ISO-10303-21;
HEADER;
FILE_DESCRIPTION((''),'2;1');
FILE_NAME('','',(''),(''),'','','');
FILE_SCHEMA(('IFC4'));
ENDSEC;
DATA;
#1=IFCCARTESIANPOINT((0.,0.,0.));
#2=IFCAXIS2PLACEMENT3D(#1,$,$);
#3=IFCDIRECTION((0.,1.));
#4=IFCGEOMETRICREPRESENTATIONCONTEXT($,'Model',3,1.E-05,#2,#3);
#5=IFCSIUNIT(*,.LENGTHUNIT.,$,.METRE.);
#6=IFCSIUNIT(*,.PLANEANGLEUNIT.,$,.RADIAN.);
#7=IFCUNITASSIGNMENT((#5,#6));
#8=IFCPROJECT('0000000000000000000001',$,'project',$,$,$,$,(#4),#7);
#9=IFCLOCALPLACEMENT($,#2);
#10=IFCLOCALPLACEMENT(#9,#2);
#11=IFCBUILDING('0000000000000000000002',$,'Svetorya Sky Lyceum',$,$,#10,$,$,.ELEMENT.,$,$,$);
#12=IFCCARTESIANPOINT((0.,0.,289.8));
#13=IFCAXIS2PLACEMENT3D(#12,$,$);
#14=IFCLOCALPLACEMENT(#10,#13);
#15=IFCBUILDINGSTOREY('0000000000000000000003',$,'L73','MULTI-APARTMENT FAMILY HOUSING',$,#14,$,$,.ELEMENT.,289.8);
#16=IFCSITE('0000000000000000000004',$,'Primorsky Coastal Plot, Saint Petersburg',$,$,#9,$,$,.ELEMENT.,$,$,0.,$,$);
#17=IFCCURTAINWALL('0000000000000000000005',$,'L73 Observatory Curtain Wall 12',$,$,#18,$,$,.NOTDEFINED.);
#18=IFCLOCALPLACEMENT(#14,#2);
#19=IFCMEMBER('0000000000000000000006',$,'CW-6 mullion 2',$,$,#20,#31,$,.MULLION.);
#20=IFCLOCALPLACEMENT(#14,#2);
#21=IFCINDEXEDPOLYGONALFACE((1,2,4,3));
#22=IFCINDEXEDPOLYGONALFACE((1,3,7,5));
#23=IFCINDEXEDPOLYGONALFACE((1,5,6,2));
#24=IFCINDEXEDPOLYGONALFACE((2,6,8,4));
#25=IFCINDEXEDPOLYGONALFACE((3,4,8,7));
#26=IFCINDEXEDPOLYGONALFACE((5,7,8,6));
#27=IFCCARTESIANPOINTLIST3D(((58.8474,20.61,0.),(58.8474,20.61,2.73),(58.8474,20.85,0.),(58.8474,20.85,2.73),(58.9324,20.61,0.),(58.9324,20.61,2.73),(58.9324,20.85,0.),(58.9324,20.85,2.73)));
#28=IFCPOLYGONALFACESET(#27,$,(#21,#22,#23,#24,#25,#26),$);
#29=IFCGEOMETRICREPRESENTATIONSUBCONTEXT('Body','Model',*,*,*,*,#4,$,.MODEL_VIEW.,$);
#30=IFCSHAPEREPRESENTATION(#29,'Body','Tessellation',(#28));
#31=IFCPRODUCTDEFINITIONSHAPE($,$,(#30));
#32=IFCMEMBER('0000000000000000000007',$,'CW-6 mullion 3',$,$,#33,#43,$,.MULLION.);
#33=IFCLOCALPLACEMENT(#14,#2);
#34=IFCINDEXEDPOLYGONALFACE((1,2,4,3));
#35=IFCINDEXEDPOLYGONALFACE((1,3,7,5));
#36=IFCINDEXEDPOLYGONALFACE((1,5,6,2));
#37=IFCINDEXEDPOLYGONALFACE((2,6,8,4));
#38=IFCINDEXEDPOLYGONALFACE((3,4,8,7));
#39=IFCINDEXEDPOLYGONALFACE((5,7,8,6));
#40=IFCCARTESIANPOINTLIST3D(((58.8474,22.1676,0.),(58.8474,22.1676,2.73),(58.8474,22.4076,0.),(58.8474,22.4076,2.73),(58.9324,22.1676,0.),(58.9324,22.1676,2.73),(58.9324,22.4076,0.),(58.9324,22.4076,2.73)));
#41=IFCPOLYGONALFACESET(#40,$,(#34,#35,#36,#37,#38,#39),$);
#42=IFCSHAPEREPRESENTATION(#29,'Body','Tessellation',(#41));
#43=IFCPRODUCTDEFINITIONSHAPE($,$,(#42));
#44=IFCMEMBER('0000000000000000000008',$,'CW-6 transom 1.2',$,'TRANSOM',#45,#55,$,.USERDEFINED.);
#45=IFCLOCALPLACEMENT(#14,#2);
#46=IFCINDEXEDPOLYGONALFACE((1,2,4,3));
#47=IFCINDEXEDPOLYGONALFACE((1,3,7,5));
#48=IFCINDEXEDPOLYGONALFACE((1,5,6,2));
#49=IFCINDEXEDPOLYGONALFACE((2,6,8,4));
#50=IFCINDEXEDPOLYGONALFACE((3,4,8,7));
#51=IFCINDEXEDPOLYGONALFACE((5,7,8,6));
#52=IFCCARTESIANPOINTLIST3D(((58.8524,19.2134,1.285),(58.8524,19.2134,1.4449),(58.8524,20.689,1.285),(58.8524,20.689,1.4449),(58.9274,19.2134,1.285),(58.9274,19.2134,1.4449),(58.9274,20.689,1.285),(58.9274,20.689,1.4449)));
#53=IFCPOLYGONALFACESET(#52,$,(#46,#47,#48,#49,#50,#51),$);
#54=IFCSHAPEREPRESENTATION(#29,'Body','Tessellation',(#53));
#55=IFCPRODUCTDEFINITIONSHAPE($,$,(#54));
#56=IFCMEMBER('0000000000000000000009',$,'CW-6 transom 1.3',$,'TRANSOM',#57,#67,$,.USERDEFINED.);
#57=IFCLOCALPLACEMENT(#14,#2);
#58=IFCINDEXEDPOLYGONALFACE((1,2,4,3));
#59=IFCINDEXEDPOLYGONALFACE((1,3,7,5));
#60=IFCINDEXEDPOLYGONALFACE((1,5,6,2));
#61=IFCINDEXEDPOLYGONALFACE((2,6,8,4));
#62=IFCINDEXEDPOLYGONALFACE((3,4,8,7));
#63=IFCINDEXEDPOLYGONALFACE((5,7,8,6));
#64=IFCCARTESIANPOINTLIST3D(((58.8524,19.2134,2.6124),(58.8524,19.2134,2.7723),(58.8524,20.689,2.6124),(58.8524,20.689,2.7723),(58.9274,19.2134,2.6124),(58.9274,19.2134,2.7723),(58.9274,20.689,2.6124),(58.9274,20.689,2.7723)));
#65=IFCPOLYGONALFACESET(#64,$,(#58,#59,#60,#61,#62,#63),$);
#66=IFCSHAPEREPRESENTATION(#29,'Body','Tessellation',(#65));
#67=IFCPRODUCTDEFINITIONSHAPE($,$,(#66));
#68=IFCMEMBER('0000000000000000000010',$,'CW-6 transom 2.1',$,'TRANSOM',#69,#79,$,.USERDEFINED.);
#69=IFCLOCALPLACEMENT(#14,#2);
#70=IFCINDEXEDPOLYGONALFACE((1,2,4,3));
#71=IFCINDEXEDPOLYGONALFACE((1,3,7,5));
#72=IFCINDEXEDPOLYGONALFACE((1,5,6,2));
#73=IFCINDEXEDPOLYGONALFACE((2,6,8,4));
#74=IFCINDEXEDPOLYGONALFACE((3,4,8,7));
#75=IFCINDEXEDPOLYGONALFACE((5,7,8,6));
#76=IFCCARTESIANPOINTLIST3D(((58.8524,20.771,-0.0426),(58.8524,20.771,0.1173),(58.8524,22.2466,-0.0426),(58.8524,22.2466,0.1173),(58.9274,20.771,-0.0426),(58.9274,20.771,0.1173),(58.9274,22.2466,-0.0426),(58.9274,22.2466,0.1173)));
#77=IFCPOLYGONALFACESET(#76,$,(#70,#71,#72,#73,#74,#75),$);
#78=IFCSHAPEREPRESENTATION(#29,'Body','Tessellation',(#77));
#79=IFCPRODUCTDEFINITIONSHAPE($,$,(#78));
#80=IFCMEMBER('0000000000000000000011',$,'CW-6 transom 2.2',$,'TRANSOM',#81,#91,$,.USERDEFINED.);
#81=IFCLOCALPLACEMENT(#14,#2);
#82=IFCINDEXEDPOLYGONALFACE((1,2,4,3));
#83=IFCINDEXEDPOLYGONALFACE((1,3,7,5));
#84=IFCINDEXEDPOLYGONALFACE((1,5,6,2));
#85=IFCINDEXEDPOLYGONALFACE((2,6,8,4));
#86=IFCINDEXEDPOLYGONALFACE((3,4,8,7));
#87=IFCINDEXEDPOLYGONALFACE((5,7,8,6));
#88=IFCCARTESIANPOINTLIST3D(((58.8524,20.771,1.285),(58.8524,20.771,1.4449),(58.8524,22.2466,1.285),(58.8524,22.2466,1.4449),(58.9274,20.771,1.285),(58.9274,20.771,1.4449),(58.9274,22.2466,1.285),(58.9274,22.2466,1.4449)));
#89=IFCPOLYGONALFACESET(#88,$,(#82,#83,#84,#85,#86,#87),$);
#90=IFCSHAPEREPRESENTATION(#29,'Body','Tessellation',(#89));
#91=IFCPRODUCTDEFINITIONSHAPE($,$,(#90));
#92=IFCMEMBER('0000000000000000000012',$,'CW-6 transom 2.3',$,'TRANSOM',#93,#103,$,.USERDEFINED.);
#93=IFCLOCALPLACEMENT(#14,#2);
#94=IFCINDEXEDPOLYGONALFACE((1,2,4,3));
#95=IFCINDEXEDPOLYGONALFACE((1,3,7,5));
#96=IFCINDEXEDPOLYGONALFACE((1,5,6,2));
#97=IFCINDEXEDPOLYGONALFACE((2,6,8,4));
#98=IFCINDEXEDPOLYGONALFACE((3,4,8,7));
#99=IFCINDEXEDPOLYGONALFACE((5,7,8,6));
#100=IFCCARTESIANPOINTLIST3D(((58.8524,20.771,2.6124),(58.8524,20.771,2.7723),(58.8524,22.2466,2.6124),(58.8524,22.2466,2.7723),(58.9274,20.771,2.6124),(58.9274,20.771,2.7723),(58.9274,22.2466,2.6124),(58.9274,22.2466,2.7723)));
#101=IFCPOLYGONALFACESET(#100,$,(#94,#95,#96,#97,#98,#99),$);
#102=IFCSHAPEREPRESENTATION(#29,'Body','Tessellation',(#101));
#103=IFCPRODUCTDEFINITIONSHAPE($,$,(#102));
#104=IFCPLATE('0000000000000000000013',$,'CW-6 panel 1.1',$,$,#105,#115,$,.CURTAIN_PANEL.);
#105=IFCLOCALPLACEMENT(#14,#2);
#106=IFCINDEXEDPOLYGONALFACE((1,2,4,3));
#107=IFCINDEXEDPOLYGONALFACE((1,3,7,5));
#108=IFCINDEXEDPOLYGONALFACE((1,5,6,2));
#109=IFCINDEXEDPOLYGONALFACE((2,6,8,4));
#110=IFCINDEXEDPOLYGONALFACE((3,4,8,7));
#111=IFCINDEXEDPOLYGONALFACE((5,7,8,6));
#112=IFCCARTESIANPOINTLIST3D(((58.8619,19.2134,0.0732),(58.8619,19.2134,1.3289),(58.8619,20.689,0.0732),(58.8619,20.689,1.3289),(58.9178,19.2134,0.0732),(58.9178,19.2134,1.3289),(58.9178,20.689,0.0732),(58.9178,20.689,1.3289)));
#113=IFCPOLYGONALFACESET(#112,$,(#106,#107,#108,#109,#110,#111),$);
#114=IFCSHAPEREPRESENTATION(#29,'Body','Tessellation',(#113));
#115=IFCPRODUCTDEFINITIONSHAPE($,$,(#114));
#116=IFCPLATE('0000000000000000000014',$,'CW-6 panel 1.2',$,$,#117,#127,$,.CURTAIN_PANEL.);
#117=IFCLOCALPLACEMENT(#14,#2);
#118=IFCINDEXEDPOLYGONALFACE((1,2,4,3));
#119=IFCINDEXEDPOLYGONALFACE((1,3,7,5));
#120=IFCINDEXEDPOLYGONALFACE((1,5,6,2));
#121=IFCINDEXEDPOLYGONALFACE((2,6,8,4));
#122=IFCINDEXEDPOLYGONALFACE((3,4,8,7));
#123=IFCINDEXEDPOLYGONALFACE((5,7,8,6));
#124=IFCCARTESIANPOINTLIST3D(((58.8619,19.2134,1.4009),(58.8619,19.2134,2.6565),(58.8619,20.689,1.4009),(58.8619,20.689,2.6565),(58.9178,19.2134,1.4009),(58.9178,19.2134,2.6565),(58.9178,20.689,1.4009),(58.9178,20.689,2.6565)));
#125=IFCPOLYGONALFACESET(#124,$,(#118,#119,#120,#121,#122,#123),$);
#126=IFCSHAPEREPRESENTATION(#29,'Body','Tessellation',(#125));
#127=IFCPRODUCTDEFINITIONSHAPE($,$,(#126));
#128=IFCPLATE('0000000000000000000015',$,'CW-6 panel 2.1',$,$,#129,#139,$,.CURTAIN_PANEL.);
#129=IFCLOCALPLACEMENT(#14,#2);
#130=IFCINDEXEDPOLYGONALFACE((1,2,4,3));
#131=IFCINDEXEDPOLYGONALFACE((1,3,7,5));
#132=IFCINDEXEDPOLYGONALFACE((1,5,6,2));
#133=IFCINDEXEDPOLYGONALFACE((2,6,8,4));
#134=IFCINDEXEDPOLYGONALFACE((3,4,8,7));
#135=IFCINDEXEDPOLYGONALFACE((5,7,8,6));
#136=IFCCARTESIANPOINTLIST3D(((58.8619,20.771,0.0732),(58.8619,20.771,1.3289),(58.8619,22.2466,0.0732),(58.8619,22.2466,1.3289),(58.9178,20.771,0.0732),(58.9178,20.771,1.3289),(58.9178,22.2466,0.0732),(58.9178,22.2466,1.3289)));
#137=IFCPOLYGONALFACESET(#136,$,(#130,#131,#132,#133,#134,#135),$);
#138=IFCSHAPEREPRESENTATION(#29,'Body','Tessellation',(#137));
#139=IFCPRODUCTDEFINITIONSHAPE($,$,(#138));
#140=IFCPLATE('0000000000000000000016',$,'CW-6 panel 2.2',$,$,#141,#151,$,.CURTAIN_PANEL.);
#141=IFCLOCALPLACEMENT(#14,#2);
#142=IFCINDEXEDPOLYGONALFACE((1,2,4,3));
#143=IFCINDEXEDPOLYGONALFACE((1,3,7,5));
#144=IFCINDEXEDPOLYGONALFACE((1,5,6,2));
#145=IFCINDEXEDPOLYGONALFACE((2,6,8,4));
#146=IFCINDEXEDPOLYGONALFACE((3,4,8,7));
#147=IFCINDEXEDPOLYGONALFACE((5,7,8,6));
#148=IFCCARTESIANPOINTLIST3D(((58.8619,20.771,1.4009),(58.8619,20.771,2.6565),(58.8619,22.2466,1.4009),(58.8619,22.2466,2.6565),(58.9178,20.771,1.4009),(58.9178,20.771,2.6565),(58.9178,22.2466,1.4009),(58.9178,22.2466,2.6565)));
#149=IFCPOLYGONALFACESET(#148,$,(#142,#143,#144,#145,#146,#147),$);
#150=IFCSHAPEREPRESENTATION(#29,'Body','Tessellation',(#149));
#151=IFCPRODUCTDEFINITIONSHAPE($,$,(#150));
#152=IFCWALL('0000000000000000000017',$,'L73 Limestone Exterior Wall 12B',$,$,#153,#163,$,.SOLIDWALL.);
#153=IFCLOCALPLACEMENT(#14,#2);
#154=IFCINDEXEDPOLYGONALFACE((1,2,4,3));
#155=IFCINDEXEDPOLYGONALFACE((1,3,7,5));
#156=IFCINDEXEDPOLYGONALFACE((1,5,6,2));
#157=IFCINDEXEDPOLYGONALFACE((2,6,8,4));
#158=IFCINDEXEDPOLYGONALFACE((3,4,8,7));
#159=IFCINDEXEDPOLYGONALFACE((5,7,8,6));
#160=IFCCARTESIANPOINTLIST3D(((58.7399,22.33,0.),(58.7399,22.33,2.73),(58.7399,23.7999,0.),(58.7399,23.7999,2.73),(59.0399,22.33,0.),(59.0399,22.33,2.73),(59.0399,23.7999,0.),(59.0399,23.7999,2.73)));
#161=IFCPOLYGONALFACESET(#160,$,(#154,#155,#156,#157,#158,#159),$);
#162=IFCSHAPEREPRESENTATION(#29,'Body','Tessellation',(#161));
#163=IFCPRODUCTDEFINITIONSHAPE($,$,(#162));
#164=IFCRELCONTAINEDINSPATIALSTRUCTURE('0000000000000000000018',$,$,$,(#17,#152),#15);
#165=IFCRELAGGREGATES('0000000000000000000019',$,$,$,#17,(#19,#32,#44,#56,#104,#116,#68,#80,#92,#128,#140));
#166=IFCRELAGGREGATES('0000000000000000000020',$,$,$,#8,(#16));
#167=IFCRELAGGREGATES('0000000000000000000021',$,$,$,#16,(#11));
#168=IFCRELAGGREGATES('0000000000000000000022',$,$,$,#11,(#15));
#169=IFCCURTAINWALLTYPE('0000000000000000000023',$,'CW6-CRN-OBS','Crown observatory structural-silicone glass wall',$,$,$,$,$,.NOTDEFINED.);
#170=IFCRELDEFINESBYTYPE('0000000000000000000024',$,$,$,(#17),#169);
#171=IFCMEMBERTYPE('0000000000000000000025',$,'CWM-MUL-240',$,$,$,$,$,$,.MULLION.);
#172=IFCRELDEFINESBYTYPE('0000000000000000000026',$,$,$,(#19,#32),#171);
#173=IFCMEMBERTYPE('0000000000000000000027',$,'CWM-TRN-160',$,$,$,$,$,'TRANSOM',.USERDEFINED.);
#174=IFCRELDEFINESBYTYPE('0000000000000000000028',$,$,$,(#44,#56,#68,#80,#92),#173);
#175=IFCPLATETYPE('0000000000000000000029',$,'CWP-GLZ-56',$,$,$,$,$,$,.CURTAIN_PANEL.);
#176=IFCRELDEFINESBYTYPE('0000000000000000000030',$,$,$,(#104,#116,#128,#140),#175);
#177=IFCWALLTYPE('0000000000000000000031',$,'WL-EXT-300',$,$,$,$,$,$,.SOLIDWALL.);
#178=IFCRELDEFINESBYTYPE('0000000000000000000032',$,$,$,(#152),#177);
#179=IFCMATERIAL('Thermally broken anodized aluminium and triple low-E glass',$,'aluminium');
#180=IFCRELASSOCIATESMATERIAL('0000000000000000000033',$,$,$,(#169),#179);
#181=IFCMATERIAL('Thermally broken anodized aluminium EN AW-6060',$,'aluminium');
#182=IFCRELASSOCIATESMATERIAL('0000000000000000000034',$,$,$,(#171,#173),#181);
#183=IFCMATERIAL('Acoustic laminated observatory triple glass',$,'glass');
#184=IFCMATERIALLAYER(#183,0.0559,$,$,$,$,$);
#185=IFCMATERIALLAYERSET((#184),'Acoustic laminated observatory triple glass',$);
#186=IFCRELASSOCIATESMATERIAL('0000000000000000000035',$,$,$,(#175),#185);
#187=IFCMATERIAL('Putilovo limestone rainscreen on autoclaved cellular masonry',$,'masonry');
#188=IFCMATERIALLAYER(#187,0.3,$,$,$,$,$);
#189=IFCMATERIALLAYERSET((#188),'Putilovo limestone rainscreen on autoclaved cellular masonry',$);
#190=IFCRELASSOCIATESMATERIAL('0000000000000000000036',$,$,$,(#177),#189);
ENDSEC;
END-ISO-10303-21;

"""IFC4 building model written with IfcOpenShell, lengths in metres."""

from ifc_helpers import new_model, si_unit, direction, frame, frame_2d, origin, origin_2d, place, context, subcontext, project, spatial, rectangle, extrude, material, layer, layer_set, material_profile, profile_set, type_object, element, aggregate, save


model = new_model("IFC4")

# Units and contexts
model_context = context("Model", 3, precision=1e-05, world=origin(), true_north=direction((0.0, 1.0)))
body_context = subcontext(model_context, "Body", "Model", "MODEL_VIEW")
ifc_project = project(units=[si_unit("LENGTHUNIT", "METRE"), si_unit("PLANEANGLEUNIT", "RADIAN")], contexts=[model_context])

# Site, building, storey
site_placement = place(None, origin())
site = spatial("IfcSite", under=ifc_project, at=site_placement, Name="Primorsky Coastal Plot, Saint Petersburg", CompositionType="ELEMENT", RefElevation=0.0)
building_placement = place(site_placement, origin())
building = spatial("IfcBuilding", under=site, at=building_placement, Name="Svetorya Sky Lyceum", CompositionType="ELEMENT")
storey_placement = place(building_placement, frame((0.0, 0.0, 289.8)))
storey = spatial("IfcBuildingStorey", under=building, at=storey_placement, Name="L73", Description="MULTI-APARTMENT FAMILY HOUSING", CompositionType="ELEMENT", Elevation=289.8)

# Curtain wall, members, plates
ifc_material_1 = material(Name="Thermally broken anodized aluminium and triple low-E glass", Category="aluminium")
curtain_wall_type = type_object("IfcCurtainWallType", Name="CW6-CRN-OBS", Description="Crown observatory structural-silicone glass wall", PredefinedType="NOTDEFINED", material=ifc_material_1)
curtain_wall_placement = place(storey_placement, origin())
curtain_wall = element("IfcCurtainWall", 1, at=curtain_wall_placement, inside=storey, type_object=curtain_wall_type, Name="L73 Observatory Curtain Wall 12", PredefinedType="NOTDEFINED")
ifc_material_2 = material(Name="Thermally broken anodized aluminium EN AW-6060", Category="aluminium")
ifc_material_profile_1 = material_profile(ifc_material_2, rectangle(XDim=0.085, YDim=0.24, at=origin_2d()), Name="ALU MULLION 85x240")
ifc_profile_set_1 = profile_set([ifc_material_profile_1], Name="Thermally broken anodized aluminium EN AW-6060")
member_type_1 = type_object("IfcMemberType", Name="CWM-MUL-240", PredefinedType="MULLION", material=ifc_profile_set_1)
member_1_placement = place(storey_placement, frame((58.8899, 20.73, 0.0), z_axis=(0.0, 0.0, 1.0), x_axis=(-1.0, 0.0, 0.0)))
member_1 = element("IfcMember", 2, at=member_1_placement, type_object=member_type_1, Name="CW-6 mullion 2", PredefinedType="MULLION", context=body_context, shape_type="SweptSolid", body=[
    extrude(rectangle(XDim=0.085, YDim=0.24, at=origin_2d()), origin(), (0.0, 0.0, 1.0), 2.73),
])
member_2_placement = place(storey_placement, frame((58.8899, 22.2876, 0.0), z_axis=(0.0, 0.0, 1.0), x_axis=(-1.0, 0.0, 0.0)))
member_2 = element("IfcMember", 3, at=member_2_placement, type_object=member_type_1, Name="CW-6 mullion 3", PredefinedType="MULLION", context=body_context, shape_type="SweptSolid", body=[
    extrude(rectangle(XDim=0.085, YDim=0.24, at=origin_2d()), origin(), (0.0, 0.0, 1.0), 2.73),
])
ifc_material_profile_2 = material_profile(ifc_material_2, rectangle(XDim=0.075, YDim=0.1599, at=origin_2d()), Name="ALU TRANSOM 75x160")
ifc_profile_set_2 = profile_set([ifc_material_profile_2], Name="Thermally broken anodized aluminium EN AW-6060")
member_type_2 = type_object("IfcMemberType", Name="CWM-TRN-160", ElementType="TRANSOM", PredefinedType="USERDEFINED", material=ifc_profile_set_2)
member_3_placement = place(storey_placement, frame((58.8899, 19.2134, 1.365), z_axis=(0.0, 1.0, 0.0), x_axis=(-1.0, 0.0, 0.0)))
member_3 = element("IfcMember", 4, at=member_3_placement, type_object=member_type_2, Name="CW-6 transom 1.2", ObjectType="TRANSOM", PredefinedType="USERDEFINED", context=body_context, shape_type="SweptSolid", body=[
    extrude(rectangle(XDim=0.075, YDim=0.1599, at=origin_2d()), origin(), (0.0, 0.0, 1.0), 1.4756),
])
member_4_placement = place(storey_placement, frame((58.8899, 19.2134, 2.6924), z_axis=(0.0, 1.0, 0.0), x_axis=(-1.0, 0.0, 0.0)))
member_4 = element("IfcMember", 5, at=member_4_placement, type_object=member_type_2, Name="CW-6 transom 1.3", ObjectType="TRANSOM", PredefinedType="USERDEFINED", context=body_context, shape_type="SweptSolid", body=[
    extrude(rectangle(XDim=0.075, YDim=0.1599, at=origin_2d()), origin(), (0.0, 0.0, 1.0), 1.4756),
])
member_5_placement = place(storey_placement, frame((58.8899, 20.771, 0.0374), z_axis=(0.0, 1.0, 0.0), x_axis=(-1.0, 0.0, 0.0)))
member_5 = element("IfcMember", 6, at=member_5_placement, type_object=member_type_2, Name="CW-6 transom 2.1", ObjectType="TRANSOM", PredefinedType="USERDEFINED", context=body_context, shape_type="SweptSolid", body=[
    extrude(rectangle(XDim=0.075, YDim=0.1599, at=origin_2d()), origin(), (0.0, 0.0, 1.0), 1.4756),
])
member_6_placement = place(storey_placement, frame((58.8899, 20.771, 1.365), z_axis=(0.0, 1.0, 0.0), x_axis=(-1.0, 0.0, 0.0)))
member_6 = element("IfcMember", 7, at=member_6_placement, type_object=member_type_2, Name="CW-6 transom 2.2", ObjectType="TRANSOM", PredefinedType="USERDEFINED", context=body_context, shape_type="SweptSolid", body=[
    extrude(rectangle(XDim=0.075, YDim=0.1599, at=origin_2d()), origin(), (0.0, 0.0, 1.0), 1.4756),
])
member_7_placement = place(storey_placement, frame((58.8899, 20.771, 2.6924), z_axis=(0.0, 1.0, 0.0), x_axis=(-1.0, 0.0, 0.0)))
member_7 = element("IfcMember", 8, at=member_7_placement, type_object=member_type_2, Name="CW-6 transom 2.3", ObjectType="TRANSOM", PredefinedType="USERDEFINED", context=body_context, shape_type="SweptSolid", body=[
    extrude(rectangle(XDim=0.075, YDim=0.1599, at=origin_2d()), origin(), (0.0, 0.0, 1.0), 1.4756),
])
ifc_material_3 = material(Name="Acoustic laminated observatory triple glass", Category="glass")
ifc_layer_1 = layer(ifc_material_3, 0.0559)
ifc_layer_set_1 = layer_set([ifc_layer_1], Name="Acoustic laminated observatory triple glass")
plate_type = type_object("IfcPlateType", Name="CWP-GLZ-56", PredefinedType="CURTAIN_PANEL", material=ifc_layer_set_1)
plate_1_placement = place(storey_placement, frame((58.8899, 19.9512, 0.0732), z_axis=(0.0, 0.0, 1.0), x_axis=(0.0, 1.0, 0.0)))
plate_1 = element("IfcPlate", 9, at=plate_1_placement, type_object=plate_type, Name="CW-6 panel 1.1", PredefinedType="CURTAIN_PANEL", context=body_context, shape_type="SweptSolid", body=[
    extrude(rectangle(XDim=1.4756, YDim=0.0559, at=origin_2d()), origin(), (0.0, 0.0, 1.0), 1.2556),
])
plate_2_placement = place(storey_placement, frame((58.8899, 19.9512, 1.4009), z_axis=(0.0, 0.0, 1.0), x_axis=(0.0, 1.0, 0.0)))
plate_2 = element("IfcPlate", 10, at=plate_2_placement, type_object=plate_type, Name="CW-6 panel 1.2", PredefinedType="CURTAIN_PANEL", context=body_context, shape_type="SweptSolid", body=[
    extrude(rectangle(XDim=1.4756, YDim=0.0559, at=origin_2d()), origin(), (0.0, 0.0, 1.0), 1.2556),
])
plate_3_placement = place(storey_placement, frame((58.8899, 21.5088, 0.0732), z_axis=(0.0, 0.0, 1.0), x_axis=(0.0, 1.0, 0.0)))
plate_3 = element("IfcPlate", 11, at=plate_3_placement, type_object=plate_type, Name="CW-6 panel 2.1", PredefinedType="CURTAIN_PANEL", context=body_context, shape_type="SweptSolid", body=[
    extrude(rectangle(XDim=1.4756, YDim=0.0559, at=origin_2d()), origin(), (0.0, 0.0, 1.0), 1.2556),
])
plate_4_placement = place(storey_placement, frame((58.8899, 21.5088, 1.4009), z_axis=(0.0, 0.0, 1.0), x_axis=(0.0, 1.0, 0.0)))
plate_4 = element("IfcPlate", 12, at=plate_4_placement, type_object=plate_type, Name="CW-6 panel 2.2", PredefinedType="CURTAIN_PANEL", context=body_context, shape_type="SweptSolid", body=[
    extrude(rectangle(XDim=1.4756, YDim=0.0559, at=origin_2d()), origin(), (0.0, 0.0, 1.0), 1.2556),
])
aggregate(curtain_wall, [member_1, member_2, member_3, member_4, plate_1, plate_2, member_5, member_6, member_7, plate_3, plate_4])

# Wall
ifc_material_4 = material(Name="Putilovo limestone rainscreen on autoclaved cellular masonry", Category="masonry")
ifc_layer_2 = layer(ifc_material_4, 0.3)
ifc_layer_set_2 = layer_set([ifc_layer_2], Name="Putilovo limestone rainscreen on autoclaved cellular masonry")
wall_type_1 = type_object("IfcWallType", Name="WL-EXT-300", PredefinedType="SOLIDWALL", material=ifc_layer_set_2)
wall_1_placement = place(storey_placement, frame((58.8899, 22.3301, 0.0), z_axis=(0.0, 0.0, 1.0), x_axis=(0.0, 1.0, 0.0)))
element("IfcWall", 13, at=wall_1_placement, inside=storey, type_object=wall_type_1, Name="L73 Limestone Exterior Wall 12B", PredefinedType="SOLIDWALL", context=body_context, shape_type="SweptSolid", body=[
    extrude(rectangle(XDim=1.47, YDim=0.3, at=frame_2d((0.7349, 0.0))), origin(), (0.0, 0.0, 1.0), 2.73),
])

save(model, "model.ifc")
